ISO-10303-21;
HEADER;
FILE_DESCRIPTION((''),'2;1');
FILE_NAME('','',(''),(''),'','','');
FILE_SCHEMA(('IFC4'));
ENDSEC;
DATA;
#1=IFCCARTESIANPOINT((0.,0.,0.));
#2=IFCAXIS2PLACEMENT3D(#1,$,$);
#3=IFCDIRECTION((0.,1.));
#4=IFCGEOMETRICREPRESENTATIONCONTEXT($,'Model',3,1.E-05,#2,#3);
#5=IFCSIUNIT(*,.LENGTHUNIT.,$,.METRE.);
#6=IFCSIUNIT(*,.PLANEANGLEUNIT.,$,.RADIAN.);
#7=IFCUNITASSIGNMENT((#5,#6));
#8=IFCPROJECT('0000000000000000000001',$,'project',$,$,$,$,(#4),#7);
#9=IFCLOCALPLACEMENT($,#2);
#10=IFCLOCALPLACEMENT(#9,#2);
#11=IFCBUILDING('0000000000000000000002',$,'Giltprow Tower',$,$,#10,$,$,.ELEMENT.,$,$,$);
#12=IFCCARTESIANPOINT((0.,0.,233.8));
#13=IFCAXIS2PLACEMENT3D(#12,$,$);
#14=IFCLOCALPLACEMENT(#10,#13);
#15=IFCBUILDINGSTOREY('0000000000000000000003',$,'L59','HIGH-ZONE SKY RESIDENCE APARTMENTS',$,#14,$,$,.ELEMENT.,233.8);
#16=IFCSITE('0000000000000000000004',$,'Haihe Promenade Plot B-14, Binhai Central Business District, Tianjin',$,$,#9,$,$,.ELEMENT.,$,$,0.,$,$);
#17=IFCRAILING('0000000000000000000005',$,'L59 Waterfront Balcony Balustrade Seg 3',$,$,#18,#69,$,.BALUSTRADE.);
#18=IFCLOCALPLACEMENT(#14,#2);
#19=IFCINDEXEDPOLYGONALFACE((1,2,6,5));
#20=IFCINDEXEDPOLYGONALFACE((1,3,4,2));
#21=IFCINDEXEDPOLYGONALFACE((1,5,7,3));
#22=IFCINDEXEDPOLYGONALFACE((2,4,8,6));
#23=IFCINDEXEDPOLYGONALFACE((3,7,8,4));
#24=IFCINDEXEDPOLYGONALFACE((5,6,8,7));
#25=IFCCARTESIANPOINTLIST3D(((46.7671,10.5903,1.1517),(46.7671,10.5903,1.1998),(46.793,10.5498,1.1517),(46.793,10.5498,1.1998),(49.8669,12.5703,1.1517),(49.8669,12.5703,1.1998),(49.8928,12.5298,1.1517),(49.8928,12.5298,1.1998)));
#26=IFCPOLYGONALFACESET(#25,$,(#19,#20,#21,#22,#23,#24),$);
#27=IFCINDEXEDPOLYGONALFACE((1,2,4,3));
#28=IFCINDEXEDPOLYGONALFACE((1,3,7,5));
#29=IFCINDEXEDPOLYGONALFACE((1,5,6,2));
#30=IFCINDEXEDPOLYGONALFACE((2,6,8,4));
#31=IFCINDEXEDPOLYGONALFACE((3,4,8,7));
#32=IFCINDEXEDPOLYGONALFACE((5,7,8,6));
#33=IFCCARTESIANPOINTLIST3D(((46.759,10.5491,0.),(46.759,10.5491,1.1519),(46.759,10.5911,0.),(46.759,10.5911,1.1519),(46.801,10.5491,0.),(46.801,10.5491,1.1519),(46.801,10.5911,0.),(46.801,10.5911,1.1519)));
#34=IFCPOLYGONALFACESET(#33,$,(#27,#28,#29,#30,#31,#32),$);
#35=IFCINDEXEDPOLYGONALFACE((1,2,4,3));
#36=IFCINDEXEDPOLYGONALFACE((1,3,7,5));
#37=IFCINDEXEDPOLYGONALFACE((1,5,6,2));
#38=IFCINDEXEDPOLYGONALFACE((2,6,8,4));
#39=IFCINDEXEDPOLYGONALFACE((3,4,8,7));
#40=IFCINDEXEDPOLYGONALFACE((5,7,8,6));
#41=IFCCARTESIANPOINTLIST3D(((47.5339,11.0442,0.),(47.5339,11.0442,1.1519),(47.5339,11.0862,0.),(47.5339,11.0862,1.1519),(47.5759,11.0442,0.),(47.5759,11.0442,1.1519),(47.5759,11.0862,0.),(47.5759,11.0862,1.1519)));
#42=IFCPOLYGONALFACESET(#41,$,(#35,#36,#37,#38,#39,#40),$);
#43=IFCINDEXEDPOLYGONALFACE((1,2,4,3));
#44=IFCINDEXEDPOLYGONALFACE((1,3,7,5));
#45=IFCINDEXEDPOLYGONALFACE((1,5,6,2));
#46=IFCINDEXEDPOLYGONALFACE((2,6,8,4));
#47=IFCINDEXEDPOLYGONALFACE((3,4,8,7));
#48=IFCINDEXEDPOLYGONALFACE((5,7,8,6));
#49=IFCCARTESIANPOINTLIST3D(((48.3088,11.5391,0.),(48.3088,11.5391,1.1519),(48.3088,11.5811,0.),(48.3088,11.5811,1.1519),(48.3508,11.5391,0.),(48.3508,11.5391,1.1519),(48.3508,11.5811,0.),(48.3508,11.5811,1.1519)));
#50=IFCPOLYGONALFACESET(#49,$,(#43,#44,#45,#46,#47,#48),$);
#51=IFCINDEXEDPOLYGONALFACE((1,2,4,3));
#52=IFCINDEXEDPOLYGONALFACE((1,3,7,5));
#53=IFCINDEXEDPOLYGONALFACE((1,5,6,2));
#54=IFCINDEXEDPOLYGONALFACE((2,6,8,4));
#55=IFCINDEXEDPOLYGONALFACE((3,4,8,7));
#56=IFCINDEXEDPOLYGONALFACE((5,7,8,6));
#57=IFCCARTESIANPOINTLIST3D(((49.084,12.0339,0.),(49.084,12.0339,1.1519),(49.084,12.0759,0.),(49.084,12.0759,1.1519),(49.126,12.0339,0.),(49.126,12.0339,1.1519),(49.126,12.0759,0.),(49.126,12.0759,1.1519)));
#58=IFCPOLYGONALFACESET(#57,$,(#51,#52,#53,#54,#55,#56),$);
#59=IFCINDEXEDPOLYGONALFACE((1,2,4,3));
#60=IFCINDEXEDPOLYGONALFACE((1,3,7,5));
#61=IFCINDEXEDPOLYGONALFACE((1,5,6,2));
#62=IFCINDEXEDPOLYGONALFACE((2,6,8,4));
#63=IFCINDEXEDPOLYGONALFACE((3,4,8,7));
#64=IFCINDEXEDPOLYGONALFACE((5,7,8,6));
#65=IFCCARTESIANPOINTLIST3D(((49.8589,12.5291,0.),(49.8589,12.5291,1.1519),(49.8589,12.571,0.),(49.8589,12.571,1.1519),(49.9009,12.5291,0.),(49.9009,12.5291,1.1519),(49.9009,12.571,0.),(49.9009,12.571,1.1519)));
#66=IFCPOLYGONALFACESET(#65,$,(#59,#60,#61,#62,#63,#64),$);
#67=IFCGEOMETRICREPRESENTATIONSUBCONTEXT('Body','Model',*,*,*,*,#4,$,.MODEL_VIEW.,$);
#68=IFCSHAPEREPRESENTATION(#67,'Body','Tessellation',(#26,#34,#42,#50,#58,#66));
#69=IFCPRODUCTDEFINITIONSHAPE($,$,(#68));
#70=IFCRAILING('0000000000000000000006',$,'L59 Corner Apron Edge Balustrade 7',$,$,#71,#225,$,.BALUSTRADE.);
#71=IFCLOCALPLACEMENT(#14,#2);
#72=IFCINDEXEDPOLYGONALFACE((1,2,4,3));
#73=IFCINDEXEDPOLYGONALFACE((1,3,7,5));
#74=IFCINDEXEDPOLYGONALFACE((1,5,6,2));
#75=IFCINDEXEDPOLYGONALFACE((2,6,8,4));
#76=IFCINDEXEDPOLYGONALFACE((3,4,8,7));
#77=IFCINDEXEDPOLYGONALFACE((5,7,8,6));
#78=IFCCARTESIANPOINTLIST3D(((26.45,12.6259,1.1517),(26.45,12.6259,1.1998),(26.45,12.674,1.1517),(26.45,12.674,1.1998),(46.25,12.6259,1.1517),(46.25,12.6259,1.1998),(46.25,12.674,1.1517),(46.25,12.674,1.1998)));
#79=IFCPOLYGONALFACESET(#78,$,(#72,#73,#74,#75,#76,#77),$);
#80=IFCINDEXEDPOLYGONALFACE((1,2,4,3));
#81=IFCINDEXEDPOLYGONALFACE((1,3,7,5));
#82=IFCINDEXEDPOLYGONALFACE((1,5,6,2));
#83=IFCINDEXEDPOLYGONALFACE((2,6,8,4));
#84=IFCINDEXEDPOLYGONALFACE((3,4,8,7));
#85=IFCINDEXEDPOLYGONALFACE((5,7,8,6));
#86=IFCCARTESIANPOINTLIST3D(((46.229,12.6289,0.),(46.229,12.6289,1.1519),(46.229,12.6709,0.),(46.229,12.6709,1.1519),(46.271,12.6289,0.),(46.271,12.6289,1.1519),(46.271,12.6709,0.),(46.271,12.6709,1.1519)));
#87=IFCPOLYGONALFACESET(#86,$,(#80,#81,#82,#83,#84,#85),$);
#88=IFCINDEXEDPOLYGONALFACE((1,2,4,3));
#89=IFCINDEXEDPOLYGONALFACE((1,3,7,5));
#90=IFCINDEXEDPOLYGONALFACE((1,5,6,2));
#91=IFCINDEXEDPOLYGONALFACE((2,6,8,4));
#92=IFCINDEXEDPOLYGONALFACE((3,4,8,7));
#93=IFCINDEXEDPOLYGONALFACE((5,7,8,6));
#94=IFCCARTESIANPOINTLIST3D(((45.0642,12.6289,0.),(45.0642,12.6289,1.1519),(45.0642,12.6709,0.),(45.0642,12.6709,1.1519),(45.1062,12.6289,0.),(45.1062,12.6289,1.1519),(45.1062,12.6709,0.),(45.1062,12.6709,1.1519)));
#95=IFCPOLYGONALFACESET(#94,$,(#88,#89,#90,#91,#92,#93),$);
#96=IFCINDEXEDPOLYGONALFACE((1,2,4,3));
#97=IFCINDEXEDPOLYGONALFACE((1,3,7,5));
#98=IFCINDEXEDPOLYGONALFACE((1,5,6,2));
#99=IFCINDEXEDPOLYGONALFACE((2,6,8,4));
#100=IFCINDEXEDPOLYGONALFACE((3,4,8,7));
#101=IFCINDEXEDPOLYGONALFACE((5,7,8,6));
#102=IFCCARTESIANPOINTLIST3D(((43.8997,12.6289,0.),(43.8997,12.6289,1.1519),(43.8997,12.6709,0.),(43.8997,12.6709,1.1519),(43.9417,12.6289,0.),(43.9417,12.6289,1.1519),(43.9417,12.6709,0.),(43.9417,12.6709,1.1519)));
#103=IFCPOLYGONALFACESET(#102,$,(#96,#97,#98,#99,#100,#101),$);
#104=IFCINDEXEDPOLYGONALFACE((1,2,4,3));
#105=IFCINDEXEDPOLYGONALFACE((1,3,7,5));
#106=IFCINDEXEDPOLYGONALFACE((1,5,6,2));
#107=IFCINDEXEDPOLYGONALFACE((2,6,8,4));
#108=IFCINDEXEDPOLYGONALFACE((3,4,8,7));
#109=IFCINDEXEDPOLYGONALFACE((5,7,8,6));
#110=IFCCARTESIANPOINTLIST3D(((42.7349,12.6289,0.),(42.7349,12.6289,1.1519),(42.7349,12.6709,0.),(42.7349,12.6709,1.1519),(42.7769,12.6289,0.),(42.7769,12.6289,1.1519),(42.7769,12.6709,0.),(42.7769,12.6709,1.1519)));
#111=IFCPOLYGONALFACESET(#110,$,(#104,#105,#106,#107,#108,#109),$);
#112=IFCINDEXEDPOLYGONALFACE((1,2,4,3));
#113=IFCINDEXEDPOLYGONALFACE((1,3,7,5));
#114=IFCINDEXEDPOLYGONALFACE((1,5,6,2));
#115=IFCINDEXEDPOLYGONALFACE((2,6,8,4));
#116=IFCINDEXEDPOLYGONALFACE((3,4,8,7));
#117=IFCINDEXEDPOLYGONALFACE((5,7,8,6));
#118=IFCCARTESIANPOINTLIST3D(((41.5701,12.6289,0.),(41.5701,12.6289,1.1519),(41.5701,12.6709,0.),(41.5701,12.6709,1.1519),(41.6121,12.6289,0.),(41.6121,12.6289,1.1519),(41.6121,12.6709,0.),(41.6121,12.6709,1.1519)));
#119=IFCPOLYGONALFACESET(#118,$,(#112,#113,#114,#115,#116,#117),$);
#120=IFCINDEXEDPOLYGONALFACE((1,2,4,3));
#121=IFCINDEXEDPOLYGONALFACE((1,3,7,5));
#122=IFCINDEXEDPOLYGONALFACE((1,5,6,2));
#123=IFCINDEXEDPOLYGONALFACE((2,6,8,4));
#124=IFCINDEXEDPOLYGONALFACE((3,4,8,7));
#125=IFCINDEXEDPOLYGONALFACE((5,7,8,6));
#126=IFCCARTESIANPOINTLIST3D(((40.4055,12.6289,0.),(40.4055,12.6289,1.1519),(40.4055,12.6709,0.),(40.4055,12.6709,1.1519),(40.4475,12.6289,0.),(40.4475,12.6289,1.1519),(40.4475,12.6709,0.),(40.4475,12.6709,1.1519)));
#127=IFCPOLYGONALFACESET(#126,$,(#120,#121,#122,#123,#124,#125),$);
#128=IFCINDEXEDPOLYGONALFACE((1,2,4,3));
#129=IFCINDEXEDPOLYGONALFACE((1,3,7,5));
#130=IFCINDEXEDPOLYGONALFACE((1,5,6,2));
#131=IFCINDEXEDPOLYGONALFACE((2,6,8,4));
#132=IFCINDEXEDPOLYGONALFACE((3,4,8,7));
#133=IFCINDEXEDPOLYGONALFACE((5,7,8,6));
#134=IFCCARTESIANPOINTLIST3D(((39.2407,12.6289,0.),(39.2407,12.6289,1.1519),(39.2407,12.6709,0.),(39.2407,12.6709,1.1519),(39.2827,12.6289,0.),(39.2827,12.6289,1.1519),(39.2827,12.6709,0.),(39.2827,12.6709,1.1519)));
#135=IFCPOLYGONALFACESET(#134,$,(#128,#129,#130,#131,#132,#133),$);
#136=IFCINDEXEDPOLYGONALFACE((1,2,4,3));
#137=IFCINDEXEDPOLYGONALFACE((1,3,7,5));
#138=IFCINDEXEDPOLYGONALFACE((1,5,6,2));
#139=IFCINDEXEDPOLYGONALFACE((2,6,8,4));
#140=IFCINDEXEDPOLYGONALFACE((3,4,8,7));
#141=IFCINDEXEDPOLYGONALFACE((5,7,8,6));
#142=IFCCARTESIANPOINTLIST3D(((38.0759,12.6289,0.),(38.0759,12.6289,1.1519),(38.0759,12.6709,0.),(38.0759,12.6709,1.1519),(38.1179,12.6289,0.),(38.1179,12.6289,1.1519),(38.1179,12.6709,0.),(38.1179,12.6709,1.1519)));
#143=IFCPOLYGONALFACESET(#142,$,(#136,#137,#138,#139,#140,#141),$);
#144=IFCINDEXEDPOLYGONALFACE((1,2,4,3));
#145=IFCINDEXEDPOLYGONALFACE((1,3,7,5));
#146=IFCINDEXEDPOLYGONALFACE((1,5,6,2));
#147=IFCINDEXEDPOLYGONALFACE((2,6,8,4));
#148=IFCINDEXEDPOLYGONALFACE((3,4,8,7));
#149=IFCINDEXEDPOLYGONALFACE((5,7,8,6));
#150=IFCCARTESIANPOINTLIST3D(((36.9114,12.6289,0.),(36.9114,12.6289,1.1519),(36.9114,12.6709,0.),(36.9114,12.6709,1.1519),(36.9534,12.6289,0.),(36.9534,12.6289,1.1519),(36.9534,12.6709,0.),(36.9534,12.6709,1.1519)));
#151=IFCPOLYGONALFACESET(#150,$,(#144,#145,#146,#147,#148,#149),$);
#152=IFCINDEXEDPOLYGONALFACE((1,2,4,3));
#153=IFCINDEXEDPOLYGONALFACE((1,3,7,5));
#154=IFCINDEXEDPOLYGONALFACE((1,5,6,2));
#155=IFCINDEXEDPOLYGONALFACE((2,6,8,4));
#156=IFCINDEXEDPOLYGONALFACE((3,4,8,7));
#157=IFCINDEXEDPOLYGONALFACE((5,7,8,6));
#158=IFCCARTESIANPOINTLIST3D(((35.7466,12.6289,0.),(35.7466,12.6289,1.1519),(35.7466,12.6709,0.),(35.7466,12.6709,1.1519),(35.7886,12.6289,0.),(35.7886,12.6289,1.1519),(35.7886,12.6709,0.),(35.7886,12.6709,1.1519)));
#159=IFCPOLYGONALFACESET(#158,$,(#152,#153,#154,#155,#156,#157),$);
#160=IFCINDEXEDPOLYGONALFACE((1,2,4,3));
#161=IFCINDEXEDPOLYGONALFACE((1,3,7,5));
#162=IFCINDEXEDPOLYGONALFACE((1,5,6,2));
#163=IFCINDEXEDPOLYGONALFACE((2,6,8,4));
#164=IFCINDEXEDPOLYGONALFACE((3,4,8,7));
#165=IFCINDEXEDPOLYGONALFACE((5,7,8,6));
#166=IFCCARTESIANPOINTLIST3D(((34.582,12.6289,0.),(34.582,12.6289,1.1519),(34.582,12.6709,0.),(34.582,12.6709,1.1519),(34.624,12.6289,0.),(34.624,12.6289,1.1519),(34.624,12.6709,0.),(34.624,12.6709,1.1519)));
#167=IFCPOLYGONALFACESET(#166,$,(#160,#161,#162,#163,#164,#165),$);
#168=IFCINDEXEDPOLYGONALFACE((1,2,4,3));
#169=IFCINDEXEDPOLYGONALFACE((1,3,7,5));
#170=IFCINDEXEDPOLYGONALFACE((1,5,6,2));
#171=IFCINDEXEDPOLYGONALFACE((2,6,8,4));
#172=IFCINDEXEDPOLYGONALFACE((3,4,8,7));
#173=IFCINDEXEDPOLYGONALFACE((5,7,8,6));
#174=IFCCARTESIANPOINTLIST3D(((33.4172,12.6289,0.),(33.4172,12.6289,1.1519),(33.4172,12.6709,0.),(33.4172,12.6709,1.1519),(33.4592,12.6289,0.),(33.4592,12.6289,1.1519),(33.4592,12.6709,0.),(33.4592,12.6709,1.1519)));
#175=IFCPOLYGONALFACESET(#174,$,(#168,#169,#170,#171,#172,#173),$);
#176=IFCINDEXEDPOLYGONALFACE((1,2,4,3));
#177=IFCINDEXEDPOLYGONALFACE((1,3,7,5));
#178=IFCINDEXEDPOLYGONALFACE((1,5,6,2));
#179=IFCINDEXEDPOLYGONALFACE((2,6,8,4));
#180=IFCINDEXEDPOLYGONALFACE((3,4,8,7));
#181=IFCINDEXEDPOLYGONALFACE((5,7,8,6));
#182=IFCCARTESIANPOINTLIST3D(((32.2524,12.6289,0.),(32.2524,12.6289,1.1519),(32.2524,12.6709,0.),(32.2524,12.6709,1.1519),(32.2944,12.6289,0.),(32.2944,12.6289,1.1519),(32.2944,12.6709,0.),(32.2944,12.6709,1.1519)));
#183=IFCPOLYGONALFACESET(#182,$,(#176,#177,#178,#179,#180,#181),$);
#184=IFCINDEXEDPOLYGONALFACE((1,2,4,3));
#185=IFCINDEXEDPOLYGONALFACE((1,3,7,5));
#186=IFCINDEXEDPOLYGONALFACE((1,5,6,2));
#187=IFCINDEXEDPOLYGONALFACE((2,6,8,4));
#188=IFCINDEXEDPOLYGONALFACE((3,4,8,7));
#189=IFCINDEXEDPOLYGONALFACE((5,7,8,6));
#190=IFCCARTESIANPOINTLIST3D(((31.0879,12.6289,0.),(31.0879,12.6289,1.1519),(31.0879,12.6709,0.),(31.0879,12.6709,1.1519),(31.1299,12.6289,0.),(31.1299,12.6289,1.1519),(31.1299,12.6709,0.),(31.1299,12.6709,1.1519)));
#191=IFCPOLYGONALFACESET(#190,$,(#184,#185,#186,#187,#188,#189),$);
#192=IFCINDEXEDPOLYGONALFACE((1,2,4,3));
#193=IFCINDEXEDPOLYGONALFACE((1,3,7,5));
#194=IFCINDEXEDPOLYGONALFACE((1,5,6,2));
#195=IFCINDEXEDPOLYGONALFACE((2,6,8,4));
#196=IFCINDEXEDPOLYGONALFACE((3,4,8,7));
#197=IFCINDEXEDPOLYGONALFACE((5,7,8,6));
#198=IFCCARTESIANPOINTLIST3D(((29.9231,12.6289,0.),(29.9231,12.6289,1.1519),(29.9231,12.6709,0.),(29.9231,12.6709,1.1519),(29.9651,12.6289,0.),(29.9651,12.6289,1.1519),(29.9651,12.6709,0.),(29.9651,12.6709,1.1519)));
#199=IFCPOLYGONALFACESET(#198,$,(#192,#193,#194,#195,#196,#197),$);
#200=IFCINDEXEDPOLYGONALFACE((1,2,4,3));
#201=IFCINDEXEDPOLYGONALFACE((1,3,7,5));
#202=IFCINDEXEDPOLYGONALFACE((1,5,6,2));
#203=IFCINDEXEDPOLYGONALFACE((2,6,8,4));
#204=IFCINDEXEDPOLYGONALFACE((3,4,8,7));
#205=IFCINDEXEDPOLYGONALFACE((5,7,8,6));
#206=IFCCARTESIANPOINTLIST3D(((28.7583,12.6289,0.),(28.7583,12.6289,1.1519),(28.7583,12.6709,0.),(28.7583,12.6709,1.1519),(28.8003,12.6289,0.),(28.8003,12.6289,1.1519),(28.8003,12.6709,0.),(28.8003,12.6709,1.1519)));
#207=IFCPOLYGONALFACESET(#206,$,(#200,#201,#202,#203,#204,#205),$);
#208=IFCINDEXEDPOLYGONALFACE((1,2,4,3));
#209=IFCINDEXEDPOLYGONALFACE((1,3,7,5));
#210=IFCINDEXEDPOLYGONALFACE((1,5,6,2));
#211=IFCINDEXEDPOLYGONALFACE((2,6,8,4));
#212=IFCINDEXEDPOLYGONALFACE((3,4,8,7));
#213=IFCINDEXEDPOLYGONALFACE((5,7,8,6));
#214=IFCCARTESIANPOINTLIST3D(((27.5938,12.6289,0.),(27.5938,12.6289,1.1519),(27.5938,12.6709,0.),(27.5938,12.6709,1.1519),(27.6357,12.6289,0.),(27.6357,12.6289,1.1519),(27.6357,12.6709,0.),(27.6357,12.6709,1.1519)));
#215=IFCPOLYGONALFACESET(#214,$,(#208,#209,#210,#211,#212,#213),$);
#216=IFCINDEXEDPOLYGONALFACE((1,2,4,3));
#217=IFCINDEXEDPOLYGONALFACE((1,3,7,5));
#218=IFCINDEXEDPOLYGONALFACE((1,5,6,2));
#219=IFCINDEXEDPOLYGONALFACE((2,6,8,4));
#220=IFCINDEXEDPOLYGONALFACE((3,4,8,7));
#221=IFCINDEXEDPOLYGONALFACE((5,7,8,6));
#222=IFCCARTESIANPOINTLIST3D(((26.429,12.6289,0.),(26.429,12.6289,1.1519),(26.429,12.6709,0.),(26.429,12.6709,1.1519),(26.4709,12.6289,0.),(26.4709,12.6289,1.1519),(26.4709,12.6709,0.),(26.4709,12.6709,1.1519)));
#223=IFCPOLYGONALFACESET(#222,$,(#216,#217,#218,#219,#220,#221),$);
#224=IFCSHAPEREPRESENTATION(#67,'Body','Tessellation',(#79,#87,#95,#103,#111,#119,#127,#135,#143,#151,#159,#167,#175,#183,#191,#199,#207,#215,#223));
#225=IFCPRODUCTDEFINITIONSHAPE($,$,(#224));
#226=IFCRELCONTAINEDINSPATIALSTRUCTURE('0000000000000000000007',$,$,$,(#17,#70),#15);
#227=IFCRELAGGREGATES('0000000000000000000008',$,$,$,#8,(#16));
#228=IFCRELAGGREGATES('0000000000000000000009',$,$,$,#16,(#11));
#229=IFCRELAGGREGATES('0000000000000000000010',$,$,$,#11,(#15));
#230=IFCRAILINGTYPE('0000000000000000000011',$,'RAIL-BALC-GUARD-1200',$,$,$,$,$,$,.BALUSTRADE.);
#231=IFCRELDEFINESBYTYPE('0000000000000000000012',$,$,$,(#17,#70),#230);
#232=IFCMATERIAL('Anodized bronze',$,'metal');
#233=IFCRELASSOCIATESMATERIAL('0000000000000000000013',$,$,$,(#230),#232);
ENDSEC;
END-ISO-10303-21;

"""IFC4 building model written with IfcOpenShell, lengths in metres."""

from ifc_helpers import new_model, si_unit, direction, frame, origin, origin_2d, place, context, subcontext, project, spatial, rectangle, extrude, material, type_object, element, save


model = new_model("IFC4")

# Units and contexts
model_context = context("Model", 3, precision=1e-05, world=origin(), true_north=direction((0.0, 1.0)))
body_context = subcontext(model_context, "Body", "Model", "MODEL_VIEW")
ifc_project = project(units=[si_unit("LENGTHUNIT", "METRE"), si_unit("PLANEANGLEUNIT", "RADIAN")], contexts=[model_context])

# Site, building, storey
site_placement = place(None, origin())
site = spatial("IfcSite", under=ifc_project, at=site_placement, Name="Haihe Promenade Plot B-14, Binhai Central Business District, Tianjin", CompositionType="ELEMENT", RefElevation=0.0)
building_placement = place(site_placement, origin())
building = spatial("IfcBuilding", under=site, at=building_placement, Name="Giltprow Tower", CompositionType="ELEMENT")
storey_placement = place(building_placement, frame((0.0, 0.0, 233.8)))
storey = spatial("IfcBuildingStorey", under=building, at=storey_placement, Name="L59", Description="HIGH-ZONE SKY RESIDENCE APARTMENTS", CompositionType="ELEMENT", Elevation=233.8)

# Railings
ifc_material_1 = material(Name="Anodized bronze", Category="metal")
railing_type = type_object("IfcRailingType", Name="RAIL-BALC-GUARD-1200", PredefinedType="BALUSTRADE", material=ifc_material_1)
railing_1_placement = place(storey_placement, frame((46.78, 10.5701, 0.0)))
element("IfcRailing", 1, at=railing_1_placement, inside=storey, type_object=railing_type, Name="L59 Waterfront Balcony Balustrade Seg 3", PredefinedType="BALUSTRADE", context=body_context, shape_type="SweptSolid", body=[
    extrude(rectangle(XDim=0.0481, YDim=0.0481, at=origin_2d()), frame((0.0, 0.0, 1.1758), z_axis=(0.842756, 0.538296, 0.0), x_axis=(-0.538296, 0.842756, 0.0)), (0.0, 0.0, 1.0), 3.6782),
    extrude(rectangle(XDim=0.042, YDim=0.042, at=origin_2d()), origin(), (0.0, 0.0, 1.0), 1.1519),
    extrude(rectangle(XDim=0.042, YDim=0.042, at=origin_2d()), frame((0.7749, 0.4951, 0.0)), (0.0, 0.0, 1.0), 1.1519),
    extrude(rectangle(XDim=0.042, YDim=0.042, at=origin_2d()), frame((1.5498, 0.99, 0.0)), (0.0, 0.0, 1.0), 1.1519),
    extrude(rectangle(XDim=0.042, YDim=0.042, at=origin_2d()), frame((2.325, 1.4849, 0.0)), (0.0, 0.0, 1.0), 1.1519),
    extrude(rectangle(XDim=0.042, YDim=0.042, at=origin_2d()), frame((3.0999, 1.98, 0.0)), (0.0, 0.0, 1.0), 1.1519),
])
railing_2_placement = place(storey_placement, frame((46.25, 12.6499, 0.0)))
element("IfcRailing", 2, at=railing_2_placement, inside=storey, type_object=railing_type, Name="L59 Corner Apron Edge Balustrade 7", PredefinedType="BALUSTRADE", context=body_context, shape_type="SweptSolid", body=[
    extrude(rectangle(XDim=0.0481, YDim=0.0481, at=origin_2d()), frame((0.0, 0.0, 1.1758), z_axis=(-1.0, 0.0, 0.0), x_axis=(0.0, -1.0, 0.0)), (0.0, 0.0, 1.0), 19.8),
    extrude(rectangle(XDim=0.042, YDim=0.042, at=origin_2d()), origin(), (0.0, 0.0, 1.0), 1.1519),
    extrude(rectangle(XDim=0.042, YDim=0.042, at=origin_2d()), frame((-1.1648, 0.0, 0.0)), (0.0, 0.0, 1.0), 1.1519),
    extrude(rectangle(XDim=0.042, YDim=0.042, at=origin_2d()), frame((-2.3293, 0.0, 0.0)), (0.0, 0.0, 1.0), 1.1519),
    extrude(rectangle(XDim=0.042, YDim=0.042, at=origin_2d()), frame((-3.4941, 0.0, 0.0)), (0.0, 0.0, 1.0), 1.1519),
    extrude(rectangle(XDim=0.042, YDim=0.042, at=origin_2d()), frame((-4.6589, 0.0, 0.0)), (0.0, 0.0, 1.0), 1.1519),
    extrude(rectangle(XDim=0.042, YDim=0.042, at=origin_2d()), frame((-5.8235, 0.0, 0.0)), (0.0, 0.0, 1.0), 1.1519),
    extrude(rectangle(XDim=0.042, YDim=0.042, at=origin_2d()), frame((-6.9883, 0.0, 0.0)), (0.0, 0.0, 1.0), 1.1519),
    extrude(rectangle(XDim=0.042, YDim=0.042, at=origin_2d()), frame((-8.1531, 0.0, 0.0)), (0.0, 0.0, 1.0), 1.1519),
    extrude(rectangle(XDim=0.042, YDim=0.042, at=origin_2d()), frame((-9.3176, 0.0, 0.0)), (0.0, 0.0, 1.0), 1.1519),
    extrude(rectangle(XDim=0.042, YDim=0.042, at=origin_2d()), frame((-10.4824, 0.0, 0.0)), (0.0, 0.0, 1.0), 1.1519),
    extrude(rectangle(XDim=0.042, YDim=0.042, at=origin_2d()), frame((-11.647, 0.0, 0.0)), (0.0, 0.0, 1.0), 1.1519),
    extrude(rectangle(XDim=0.042, YDim=0.042, at=origin_2d()), frame((-12.8118, 0.0, 0.0)), (0.0, 0.0, 1.0), 1.1519),
    extrude(rectangle(XDim=0.042, YDim=0.042, at=origin_2d()), frame((-13.9766, 0.0, 0.0)), (0.0, 0.0, 1.0), 1.1519),
    extrude(rectangle(XDim=0.042, YDim=0.042, at=origin_2d()), frame((-15.1411, 0.0, 0.0)), (0.0, 0.0, 1.0), 1.1519),
    extrude(rectangle(XDim=0.042, YDim=0.042, at=origin_2d()), frame((-16.3059, 0.0, 0.0)), (0.0, 0.0, 1.0), 1.1519),
    extrude(rectangle(XDim=0.042, YDim=0.042, at=origin_2d()), frame((-17.4707, 0.0, 0.0)), (0.0, 0.0, 1.0), 1.1519),
    extrude(rectangle(XDim=0.042, YDim=0.042, at=origin_2d()), frame((-18.6353, 0.0, 0.0)), (0.0, 0.0, 1.0), 1.1519),
    extrude(rectangle(XDim=0.042, YDim=0.042, at=origin_2d()), frame((-19.8, 0.0, 0.0)), (0.0, 0.0, 1.0), 1.1519),
])

save(model, "model.ifc")
